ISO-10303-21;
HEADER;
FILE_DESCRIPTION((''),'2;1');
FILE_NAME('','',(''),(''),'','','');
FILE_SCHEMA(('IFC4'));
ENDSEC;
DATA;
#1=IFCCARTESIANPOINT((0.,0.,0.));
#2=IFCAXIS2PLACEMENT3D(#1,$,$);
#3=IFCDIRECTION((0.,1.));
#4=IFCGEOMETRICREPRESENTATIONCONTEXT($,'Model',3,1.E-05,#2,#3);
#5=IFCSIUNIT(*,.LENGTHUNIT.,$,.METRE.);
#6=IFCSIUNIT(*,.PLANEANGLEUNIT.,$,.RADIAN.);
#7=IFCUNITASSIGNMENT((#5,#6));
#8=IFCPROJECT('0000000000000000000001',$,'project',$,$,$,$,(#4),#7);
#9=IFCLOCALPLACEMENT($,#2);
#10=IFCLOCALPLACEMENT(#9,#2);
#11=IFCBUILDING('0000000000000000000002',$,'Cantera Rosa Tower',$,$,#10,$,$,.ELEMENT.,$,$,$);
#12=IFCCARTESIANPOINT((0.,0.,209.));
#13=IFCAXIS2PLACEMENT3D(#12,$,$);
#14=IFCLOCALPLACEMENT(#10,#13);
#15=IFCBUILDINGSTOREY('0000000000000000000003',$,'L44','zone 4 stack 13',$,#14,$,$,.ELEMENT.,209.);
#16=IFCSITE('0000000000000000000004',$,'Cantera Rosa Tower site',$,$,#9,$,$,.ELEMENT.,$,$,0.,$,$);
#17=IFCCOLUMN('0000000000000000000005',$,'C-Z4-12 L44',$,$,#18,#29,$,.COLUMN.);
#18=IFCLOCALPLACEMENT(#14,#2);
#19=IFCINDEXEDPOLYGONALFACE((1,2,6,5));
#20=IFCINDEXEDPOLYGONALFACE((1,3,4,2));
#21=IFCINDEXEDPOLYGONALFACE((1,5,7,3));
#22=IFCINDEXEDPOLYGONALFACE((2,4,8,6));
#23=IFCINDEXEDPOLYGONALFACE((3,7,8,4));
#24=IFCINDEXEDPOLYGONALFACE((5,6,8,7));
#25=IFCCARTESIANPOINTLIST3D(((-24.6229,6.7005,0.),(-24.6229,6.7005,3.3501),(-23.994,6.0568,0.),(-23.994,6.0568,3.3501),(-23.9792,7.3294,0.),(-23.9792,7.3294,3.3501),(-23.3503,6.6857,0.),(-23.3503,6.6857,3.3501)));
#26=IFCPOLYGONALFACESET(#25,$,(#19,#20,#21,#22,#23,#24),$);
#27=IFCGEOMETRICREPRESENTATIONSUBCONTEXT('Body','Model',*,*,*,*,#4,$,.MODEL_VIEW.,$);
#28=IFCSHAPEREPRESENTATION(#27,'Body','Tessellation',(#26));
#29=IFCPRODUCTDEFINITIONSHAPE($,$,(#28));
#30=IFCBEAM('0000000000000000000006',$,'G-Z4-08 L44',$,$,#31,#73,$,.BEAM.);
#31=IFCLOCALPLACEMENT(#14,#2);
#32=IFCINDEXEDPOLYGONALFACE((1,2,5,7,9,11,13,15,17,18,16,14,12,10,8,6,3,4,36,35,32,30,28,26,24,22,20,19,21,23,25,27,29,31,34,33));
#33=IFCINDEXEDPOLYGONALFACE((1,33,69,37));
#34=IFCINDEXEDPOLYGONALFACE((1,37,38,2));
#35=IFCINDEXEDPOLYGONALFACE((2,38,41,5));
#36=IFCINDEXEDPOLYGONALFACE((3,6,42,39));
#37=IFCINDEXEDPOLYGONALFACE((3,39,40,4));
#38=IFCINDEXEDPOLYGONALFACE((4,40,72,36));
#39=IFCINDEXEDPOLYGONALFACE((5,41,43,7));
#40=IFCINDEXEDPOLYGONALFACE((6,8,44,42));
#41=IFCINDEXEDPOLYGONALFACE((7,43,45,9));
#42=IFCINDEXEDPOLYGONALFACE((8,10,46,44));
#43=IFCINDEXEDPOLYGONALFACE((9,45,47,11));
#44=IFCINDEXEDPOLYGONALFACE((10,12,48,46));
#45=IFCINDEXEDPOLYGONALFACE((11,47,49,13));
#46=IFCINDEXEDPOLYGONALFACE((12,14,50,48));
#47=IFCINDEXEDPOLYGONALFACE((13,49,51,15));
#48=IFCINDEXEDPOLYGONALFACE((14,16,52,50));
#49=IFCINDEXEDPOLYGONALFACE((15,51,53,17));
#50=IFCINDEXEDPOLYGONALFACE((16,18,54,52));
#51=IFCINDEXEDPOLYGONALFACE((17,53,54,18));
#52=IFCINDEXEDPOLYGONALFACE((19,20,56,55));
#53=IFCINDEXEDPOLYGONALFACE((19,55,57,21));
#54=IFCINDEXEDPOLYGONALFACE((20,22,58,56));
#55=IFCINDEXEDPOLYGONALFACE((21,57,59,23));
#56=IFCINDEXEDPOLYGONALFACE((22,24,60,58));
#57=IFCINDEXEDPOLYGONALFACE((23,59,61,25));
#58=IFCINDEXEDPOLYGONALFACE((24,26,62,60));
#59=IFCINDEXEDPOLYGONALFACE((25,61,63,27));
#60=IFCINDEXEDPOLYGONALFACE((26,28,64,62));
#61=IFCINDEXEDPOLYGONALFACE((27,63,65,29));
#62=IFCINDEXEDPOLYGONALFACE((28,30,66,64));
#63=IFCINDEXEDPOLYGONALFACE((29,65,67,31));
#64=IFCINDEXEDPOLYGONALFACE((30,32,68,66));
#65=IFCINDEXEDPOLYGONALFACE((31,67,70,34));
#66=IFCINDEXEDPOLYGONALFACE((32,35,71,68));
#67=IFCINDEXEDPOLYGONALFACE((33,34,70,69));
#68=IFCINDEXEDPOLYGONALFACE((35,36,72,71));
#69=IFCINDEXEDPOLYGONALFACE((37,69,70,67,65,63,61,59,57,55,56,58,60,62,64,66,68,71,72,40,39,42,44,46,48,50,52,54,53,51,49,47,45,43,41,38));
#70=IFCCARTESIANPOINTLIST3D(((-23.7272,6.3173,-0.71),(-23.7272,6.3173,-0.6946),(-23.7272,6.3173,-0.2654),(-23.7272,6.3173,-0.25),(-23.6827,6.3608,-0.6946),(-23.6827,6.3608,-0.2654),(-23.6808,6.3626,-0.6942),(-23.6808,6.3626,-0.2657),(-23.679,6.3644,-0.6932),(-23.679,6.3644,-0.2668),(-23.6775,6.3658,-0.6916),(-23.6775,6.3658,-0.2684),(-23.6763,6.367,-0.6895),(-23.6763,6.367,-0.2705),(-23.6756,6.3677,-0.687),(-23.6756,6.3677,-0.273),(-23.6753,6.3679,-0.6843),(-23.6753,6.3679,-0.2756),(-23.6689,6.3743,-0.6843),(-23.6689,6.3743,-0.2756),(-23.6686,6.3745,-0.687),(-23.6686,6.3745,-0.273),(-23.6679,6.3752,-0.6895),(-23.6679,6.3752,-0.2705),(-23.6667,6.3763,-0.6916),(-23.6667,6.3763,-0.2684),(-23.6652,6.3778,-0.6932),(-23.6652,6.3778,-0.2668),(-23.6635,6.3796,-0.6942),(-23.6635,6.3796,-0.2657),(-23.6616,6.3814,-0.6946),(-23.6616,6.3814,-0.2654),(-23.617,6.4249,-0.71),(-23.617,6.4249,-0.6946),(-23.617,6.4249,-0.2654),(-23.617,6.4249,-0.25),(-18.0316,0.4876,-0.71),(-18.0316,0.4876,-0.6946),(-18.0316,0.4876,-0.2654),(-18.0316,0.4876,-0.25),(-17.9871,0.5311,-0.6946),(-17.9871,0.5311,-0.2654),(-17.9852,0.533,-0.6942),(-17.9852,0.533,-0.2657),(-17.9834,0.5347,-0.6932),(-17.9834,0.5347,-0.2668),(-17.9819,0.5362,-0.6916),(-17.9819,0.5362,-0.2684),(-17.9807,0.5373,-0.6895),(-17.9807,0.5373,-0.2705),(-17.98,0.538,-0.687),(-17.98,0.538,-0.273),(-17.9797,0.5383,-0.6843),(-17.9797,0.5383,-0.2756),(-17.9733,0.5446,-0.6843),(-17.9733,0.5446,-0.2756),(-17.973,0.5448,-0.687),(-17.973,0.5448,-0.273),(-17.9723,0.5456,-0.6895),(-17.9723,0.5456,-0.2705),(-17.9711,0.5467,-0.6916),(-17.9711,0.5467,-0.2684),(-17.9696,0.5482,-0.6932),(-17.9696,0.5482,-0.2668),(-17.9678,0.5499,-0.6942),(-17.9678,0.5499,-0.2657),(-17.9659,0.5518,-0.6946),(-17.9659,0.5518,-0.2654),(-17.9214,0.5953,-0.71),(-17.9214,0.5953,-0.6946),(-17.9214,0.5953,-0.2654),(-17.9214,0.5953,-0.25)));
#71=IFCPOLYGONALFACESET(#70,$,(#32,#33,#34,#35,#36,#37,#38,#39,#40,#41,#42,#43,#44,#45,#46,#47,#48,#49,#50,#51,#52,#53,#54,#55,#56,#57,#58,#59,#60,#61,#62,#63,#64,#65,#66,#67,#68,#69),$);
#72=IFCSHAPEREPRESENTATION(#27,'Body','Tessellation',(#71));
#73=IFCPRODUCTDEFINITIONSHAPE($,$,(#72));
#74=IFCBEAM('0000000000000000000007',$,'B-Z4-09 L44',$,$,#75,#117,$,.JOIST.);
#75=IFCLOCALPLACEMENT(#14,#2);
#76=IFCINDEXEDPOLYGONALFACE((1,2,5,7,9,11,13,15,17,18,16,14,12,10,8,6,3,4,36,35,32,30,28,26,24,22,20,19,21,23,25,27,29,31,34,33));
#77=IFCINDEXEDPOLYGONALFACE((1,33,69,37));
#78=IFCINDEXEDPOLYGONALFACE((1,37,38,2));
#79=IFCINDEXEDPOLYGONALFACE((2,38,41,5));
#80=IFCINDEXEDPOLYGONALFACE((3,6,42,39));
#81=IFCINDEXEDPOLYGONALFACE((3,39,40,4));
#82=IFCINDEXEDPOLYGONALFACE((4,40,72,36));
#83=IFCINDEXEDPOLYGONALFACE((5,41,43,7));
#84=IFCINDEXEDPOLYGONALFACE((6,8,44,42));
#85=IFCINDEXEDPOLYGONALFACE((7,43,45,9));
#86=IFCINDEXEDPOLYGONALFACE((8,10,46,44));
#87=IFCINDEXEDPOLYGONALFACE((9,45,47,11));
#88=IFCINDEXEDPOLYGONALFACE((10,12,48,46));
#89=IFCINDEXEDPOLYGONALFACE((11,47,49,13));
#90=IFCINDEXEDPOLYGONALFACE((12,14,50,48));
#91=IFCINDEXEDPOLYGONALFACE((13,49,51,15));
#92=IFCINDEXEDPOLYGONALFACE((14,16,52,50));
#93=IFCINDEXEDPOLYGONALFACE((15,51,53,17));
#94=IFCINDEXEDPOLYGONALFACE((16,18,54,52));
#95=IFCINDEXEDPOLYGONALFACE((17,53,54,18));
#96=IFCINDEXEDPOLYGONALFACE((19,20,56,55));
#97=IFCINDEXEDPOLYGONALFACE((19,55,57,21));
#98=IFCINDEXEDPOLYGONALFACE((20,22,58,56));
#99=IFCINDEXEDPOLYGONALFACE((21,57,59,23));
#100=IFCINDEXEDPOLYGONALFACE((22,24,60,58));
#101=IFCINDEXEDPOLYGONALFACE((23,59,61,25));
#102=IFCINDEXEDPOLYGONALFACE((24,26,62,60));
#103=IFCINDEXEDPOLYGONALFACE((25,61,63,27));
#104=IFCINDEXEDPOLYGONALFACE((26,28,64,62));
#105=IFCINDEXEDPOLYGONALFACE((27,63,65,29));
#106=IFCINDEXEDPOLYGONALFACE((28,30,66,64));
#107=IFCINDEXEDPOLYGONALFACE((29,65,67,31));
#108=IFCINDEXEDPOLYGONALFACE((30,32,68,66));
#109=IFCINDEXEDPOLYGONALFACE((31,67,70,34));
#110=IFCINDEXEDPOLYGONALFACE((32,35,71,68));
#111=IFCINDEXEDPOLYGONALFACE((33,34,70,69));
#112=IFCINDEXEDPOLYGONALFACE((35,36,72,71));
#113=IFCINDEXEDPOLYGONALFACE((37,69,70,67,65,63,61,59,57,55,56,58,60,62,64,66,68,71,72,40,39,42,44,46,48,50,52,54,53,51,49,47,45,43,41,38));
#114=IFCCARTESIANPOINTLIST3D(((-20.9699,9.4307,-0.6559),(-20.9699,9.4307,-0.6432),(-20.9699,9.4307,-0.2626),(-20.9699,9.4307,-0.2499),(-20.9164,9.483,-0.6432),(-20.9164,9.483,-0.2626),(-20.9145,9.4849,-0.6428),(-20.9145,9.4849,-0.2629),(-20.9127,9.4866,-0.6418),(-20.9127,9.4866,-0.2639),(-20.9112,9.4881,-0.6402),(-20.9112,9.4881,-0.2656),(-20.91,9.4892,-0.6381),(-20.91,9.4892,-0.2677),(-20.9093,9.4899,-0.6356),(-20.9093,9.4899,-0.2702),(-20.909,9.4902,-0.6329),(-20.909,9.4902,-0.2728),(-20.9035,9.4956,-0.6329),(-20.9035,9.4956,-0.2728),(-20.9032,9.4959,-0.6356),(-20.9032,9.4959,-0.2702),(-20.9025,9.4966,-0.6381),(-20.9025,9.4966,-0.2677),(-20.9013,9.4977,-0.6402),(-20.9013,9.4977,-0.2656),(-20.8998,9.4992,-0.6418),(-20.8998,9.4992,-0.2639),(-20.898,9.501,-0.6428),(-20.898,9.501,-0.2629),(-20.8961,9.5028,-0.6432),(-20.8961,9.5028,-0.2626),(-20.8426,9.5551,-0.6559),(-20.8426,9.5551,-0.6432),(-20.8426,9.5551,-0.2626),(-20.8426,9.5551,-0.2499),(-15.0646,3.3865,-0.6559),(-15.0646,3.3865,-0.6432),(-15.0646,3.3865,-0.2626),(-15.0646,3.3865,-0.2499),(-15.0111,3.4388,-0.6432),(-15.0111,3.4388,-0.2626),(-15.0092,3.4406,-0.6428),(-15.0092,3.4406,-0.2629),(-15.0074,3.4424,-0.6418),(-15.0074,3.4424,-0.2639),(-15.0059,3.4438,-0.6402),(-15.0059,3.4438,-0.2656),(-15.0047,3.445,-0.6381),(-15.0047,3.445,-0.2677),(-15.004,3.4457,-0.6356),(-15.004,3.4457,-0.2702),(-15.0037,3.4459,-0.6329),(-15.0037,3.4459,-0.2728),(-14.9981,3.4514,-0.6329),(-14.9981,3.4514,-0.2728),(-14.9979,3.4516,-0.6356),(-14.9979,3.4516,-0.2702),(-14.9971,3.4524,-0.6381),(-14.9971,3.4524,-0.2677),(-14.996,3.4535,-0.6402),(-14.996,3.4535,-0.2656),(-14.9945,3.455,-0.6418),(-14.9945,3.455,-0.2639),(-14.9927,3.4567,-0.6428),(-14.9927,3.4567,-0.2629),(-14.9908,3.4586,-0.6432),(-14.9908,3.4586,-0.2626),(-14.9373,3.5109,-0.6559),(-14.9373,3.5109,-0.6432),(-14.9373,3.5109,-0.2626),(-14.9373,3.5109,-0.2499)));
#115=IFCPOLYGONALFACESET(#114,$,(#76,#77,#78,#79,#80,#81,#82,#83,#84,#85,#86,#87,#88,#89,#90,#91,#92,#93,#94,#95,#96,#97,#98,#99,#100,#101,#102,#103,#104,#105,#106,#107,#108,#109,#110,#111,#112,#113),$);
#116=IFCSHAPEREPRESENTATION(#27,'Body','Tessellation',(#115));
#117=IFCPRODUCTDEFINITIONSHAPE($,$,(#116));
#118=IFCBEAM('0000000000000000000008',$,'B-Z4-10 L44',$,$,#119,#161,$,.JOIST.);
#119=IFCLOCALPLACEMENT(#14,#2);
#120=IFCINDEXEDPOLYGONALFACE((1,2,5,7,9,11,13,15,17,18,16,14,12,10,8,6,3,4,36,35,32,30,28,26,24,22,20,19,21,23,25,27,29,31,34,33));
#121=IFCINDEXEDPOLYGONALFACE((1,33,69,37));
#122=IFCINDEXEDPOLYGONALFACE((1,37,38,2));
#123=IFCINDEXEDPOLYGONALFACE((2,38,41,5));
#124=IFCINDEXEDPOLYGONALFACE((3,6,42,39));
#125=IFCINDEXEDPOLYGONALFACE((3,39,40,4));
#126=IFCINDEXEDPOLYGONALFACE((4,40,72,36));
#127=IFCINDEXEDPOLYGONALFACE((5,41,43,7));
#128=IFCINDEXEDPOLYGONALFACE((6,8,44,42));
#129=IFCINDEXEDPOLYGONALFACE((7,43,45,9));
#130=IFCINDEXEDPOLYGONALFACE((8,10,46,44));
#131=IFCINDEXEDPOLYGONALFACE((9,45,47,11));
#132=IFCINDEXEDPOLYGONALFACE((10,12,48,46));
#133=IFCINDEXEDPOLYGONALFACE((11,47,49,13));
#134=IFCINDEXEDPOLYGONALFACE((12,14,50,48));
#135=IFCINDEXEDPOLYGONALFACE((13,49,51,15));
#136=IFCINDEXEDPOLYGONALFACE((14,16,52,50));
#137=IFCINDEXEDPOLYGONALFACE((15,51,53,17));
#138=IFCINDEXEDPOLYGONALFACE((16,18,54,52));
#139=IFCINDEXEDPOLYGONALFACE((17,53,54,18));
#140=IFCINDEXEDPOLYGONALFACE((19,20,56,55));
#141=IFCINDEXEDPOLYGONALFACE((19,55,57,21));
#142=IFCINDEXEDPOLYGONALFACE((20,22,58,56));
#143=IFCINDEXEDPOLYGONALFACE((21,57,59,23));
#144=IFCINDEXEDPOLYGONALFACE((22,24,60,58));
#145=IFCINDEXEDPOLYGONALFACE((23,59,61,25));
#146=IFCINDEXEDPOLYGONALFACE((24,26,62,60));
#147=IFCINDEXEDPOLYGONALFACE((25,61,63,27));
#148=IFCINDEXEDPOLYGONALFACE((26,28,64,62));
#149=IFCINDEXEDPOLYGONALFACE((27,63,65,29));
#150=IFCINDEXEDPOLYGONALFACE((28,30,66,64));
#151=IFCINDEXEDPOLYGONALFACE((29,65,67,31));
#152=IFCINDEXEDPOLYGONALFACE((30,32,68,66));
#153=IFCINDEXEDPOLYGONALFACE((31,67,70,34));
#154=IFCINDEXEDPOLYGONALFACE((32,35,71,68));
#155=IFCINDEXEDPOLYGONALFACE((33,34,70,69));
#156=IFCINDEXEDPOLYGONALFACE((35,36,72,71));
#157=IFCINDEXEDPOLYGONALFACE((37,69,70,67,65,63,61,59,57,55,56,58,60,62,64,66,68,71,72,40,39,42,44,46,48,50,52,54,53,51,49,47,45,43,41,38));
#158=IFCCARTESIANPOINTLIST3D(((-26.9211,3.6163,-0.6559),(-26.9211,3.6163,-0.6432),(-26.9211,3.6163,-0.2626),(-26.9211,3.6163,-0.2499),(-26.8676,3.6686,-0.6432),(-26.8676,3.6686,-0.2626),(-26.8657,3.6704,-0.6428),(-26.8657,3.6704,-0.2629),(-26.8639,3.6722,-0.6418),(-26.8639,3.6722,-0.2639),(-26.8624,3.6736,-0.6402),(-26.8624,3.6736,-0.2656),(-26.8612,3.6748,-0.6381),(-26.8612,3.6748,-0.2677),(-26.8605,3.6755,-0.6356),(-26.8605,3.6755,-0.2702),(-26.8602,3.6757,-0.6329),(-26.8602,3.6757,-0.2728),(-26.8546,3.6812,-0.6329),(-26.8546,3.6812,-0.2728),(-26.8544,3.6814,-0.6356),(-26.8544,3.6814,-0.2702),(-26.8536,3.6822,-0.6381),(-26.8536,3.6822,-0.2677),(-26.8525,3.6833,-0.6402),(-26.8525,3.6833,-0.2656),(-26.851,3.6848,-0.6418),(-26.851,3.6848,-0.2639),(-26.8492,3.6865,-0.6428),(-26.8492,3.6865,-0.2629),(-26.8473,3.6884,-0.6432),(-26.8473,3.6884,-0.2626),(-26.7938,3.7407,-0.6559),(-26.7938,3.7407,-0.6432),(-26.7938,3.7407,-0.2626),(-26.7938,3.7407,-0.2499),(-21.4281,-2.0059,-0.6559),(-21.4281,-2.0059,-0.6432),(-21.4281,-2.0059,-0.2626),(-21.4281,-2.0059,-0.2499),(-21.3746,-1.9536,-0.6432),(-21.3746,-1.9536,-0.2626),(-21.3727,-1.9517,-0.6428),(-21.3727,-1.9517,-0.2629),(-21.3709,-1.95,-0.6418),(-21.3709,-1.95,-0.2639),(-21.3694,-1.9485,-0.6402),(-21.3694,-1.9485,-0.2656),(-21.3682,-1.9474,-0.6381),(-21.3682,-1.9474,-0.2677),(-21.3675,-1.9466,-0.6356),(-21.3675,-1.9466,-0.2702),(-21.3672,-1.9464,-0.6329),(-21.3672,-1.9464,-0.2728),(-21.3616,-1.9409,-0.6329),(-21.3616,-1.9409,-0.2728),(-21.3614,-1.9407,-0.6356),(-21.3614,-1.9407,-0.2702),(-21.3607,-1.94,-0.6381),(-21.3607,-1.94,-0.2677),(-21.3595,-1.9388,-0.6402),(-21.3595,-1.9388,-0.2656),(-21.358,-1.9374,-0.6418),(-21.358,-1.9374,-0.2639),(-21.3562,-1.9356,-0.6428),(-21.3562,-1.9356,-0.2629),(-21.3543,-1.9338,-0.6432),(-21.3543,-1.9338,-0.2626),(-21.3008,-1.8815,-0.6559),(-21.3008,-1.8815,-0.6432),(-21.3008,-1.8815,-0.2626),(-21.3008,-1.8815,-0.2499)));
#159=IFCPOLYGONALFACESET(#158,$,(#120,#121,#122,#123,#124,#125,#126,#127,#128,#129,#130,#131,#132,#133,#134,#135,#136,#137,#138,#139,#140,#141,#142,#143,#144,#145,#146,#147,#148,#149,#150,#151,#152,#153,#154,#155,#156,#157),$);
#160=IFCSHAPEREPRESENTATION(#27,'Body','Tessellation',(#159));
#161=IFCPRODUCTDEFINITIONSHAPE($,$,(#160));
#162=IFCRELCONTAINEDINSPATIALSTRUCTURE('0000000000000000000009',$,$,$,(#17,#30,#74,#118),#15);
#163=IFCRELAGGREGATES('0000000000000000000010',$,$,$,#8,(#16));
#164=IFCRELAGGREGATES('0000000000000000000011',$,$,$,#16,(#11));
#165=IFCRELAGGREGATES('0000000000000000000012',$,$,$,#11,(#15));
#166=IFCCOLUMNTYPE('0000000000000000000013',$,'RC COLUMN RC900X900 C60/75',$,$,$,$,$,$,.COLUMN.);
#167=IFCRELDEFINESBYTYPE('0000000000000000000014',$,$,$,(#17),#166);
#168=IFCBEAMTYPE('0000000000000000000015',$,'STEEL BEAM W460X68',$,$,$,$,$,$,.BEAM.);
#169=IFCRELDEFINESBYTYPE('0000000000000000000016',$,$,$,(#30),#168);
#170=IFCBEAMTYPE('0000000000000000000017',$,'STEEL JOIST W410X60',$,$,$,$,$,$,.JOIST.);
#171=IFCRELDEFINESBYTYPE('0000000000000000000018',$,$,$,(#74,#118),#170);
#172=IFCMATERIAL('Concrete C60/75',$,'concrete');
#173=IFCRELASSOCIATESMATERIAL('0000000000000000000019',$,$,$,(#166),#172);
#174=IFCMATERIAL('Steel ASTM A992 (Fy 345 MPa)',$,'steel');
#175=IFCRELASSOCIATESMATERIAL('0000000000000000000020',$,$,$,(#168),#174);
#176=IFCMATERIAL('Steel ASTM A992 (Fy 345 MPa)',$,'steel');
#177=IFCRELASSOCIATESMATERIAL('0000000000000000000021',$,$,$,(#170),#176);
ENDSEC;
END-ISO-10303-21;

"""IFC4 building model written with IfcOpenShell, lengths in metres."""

from ifc_helpers import new_model, si_unit, direction, frame, origin, origin_2d, place, context, subcontext, project, spatial, rectangle, i_section, extrude, material, material_profile, profile_set, type_object, element, save


model = new_model("IFC4")

# Units and contexts
model_context = context("Model", 3, precision=1e-05, world=origin(), true_north=direction((0.0, 1.0)))
body_context = subcontext(model_context, "Body", "Model", "MODEL_VIEW")
ifc_project = project(units=[si_unit("LENGTHUNIT", "METRE"), si_unit("PLANEANGLEUNIT", "RADIAN")], contexts=[model_context])

# Site, building, storey
site_placement = place(None, origin())
site = spatial("IfcSite", under=ifc_project, at=site_placement, Name="Cantera Rosa Tower site", CompositionType="ELEMENT", RefElevation=0.0)
building_placement = place(site_placement, origin())
building = spatial("IfcBuilding", under=site, at=building_placement, Name="Cantera Rosa Tower", CompositionType="ELEMENT")
storey_placement = place(building_placement, frame((0.0, 0.0, 209.0)))
storey = spatial("IfcBuildingStorey", under=building, at=storey_placement, Name="L44", Description="zone 4 stack 13", CompositionType="ELEMENT", Elevation=209.0)

# Column
ifc_material_1 = material(Name="Concrete C60/75", Category="concrete")
ifc_material_profile_1 = material_profile(ifc_material_1, rectangle(XDim=0.8999, YDim=0.8999, at=origin_2d()), Name="RC COLUMN RC900X900 C60/75")
ifc_profile_set_1 = profile_set([ifc_material_profile_1], Name="Concrete C60/75")
column_type = type_object("IfcColumnType", Name="RC COLUMN RC900X900 C60/75", PredefinedType="COLUMN", material=ifc_profile_set_1)
column_placement = place(storey_placement, frame((-23.9866, 6.6931, 0.0), z_axis=(0.0, 0.0, 1.0), x_axis=(0.715286, 0.698832, 0.0)))
element("IfcColumn", 1, at=column_placement, inside=storey, type_object=column_type, Name="C-Z4-12 L44", PredefinedType="COLUMN", context=body_context, shape_type="SweptSolid", body=[
    extrude(rectangle(XDim=0.8999, YDim=0.8999, at=origin_2d()), origin(), (0.0, 0.0, 1.0), 3.3501),
])

# Beams
ifc_material_2 = material(Name="Steel ASTM A992 (Fy 345 MPa)", Category="steel")
ifc_material_profile_2 = material_profile(ifc_material_2, i_section(OverallWidth=0.1541, OverallDepth=0.46, WebThickness=0.009, FlangeThickness=0.0154, FilletRadius=0.0103, at=origin_2d()), Name="W460X68")
ifc_profile_set_2 = profile_set([ifc_material_profile_2], Name="Steel ASTM A992 (Fy 345 MPa)")
beam_type_1 = type_object("IfcBeamType", Name="STEEL BEAM W460X68", PredefinedType="BEAM", material=ifc_profile_set_2)
beam_1_placement = place(storey_placement, frame((-23.6721, 6.3711, -0.48), z_axis=(0.698836, -0.715282, 0.0), x_axis=(0.715282, 0.698836, 0.0)))
element("IfcBeam", 2, at=beam_1_placement, inside=storey, type_object=beam_type_1, Name="G-Z4-08 L44", PredefinedType="BEAM", context=body_context, shape_type="SweptSolid", body=[
    extrude(i_section(OverallWidth=0.1541, OverallDepth=0.46, WebThickness=0.009, FlangeThickness=0.0154, FilletRadius=0.0103, at=origin_2d()), origin(), (0.0, 0.0, 1.0), 8.1501),
])
ifc_material_3 = material(Name="Steel ASTM A992 (Fy 345 MPa)", Category="steel")
ifc_material_profile_3 = material_profile(ifc_material_3, i_section(OverallWidth=0.178, OverallDepth=0.406, WebThickness=0.0078, FlangeThickness=0.0127, FilletRadius=0.0103, at=origin_2d()), Name="W410X60")
ifc_profile_set_3 = profile_set([ifc_material_profile_3], Name="Steel ASTM A992 (Fy 345 MPa)")
beam_type_2 = type_object("IfcBeamType", Name="STEEL JOIST W410X60", PredefinedType="JOIST", material=ifc_profile_set_3)
beam_2_placement = place(storey_placement, frame((-20.9062, 9.4929, -0.4529), z_axis=(0.698839, -0.715279, 0.0), x_axis=(0.715279, 0.698839, 0.0)))
element("IfcBeam", 3, at=beam_2_placement, inside=storey, type_object=beam_type_2, Name="B-Z4-09 L44", PredefinedType="JOIST", context=body_context, shape_type="SweptSolid", body=[
    extrude(i_section(OverallWidth=0.178, OverallDepth=0.406, WebThickness=0.0078, FlangeThickness=0.0127, FilletRadius=0.0103, at=origin_2d()), origin(), (0.0, 0.0, 1.0), 8.4502),
])
beam_3_placement = place(storey_placement, frame((-26.8574, 3.6785, -0.4529), z_axis=(0.698843, -0.715275, 0.0), x_axis=(0.715275, 0.698843, 0.0)))
element("IfcBeam", 4, at=beam_3_placement, inside=storey, type_object=beam_type_2, Name="B-Z4-10 L44", PredefinedType="JOIST", context=body_context, shape_type="SweptSolid", body=[
    extrude(i_section(OverallWidth=0.178, OverallDepth=0.406, WebThickness=0.0078, FlangeThickness=0.0127, FilletRadius=0.0103, at=origin_2d()), origin(), (0.0, 0.0, 1.0), 7.8601),
])

save(model, "model.ifc")
